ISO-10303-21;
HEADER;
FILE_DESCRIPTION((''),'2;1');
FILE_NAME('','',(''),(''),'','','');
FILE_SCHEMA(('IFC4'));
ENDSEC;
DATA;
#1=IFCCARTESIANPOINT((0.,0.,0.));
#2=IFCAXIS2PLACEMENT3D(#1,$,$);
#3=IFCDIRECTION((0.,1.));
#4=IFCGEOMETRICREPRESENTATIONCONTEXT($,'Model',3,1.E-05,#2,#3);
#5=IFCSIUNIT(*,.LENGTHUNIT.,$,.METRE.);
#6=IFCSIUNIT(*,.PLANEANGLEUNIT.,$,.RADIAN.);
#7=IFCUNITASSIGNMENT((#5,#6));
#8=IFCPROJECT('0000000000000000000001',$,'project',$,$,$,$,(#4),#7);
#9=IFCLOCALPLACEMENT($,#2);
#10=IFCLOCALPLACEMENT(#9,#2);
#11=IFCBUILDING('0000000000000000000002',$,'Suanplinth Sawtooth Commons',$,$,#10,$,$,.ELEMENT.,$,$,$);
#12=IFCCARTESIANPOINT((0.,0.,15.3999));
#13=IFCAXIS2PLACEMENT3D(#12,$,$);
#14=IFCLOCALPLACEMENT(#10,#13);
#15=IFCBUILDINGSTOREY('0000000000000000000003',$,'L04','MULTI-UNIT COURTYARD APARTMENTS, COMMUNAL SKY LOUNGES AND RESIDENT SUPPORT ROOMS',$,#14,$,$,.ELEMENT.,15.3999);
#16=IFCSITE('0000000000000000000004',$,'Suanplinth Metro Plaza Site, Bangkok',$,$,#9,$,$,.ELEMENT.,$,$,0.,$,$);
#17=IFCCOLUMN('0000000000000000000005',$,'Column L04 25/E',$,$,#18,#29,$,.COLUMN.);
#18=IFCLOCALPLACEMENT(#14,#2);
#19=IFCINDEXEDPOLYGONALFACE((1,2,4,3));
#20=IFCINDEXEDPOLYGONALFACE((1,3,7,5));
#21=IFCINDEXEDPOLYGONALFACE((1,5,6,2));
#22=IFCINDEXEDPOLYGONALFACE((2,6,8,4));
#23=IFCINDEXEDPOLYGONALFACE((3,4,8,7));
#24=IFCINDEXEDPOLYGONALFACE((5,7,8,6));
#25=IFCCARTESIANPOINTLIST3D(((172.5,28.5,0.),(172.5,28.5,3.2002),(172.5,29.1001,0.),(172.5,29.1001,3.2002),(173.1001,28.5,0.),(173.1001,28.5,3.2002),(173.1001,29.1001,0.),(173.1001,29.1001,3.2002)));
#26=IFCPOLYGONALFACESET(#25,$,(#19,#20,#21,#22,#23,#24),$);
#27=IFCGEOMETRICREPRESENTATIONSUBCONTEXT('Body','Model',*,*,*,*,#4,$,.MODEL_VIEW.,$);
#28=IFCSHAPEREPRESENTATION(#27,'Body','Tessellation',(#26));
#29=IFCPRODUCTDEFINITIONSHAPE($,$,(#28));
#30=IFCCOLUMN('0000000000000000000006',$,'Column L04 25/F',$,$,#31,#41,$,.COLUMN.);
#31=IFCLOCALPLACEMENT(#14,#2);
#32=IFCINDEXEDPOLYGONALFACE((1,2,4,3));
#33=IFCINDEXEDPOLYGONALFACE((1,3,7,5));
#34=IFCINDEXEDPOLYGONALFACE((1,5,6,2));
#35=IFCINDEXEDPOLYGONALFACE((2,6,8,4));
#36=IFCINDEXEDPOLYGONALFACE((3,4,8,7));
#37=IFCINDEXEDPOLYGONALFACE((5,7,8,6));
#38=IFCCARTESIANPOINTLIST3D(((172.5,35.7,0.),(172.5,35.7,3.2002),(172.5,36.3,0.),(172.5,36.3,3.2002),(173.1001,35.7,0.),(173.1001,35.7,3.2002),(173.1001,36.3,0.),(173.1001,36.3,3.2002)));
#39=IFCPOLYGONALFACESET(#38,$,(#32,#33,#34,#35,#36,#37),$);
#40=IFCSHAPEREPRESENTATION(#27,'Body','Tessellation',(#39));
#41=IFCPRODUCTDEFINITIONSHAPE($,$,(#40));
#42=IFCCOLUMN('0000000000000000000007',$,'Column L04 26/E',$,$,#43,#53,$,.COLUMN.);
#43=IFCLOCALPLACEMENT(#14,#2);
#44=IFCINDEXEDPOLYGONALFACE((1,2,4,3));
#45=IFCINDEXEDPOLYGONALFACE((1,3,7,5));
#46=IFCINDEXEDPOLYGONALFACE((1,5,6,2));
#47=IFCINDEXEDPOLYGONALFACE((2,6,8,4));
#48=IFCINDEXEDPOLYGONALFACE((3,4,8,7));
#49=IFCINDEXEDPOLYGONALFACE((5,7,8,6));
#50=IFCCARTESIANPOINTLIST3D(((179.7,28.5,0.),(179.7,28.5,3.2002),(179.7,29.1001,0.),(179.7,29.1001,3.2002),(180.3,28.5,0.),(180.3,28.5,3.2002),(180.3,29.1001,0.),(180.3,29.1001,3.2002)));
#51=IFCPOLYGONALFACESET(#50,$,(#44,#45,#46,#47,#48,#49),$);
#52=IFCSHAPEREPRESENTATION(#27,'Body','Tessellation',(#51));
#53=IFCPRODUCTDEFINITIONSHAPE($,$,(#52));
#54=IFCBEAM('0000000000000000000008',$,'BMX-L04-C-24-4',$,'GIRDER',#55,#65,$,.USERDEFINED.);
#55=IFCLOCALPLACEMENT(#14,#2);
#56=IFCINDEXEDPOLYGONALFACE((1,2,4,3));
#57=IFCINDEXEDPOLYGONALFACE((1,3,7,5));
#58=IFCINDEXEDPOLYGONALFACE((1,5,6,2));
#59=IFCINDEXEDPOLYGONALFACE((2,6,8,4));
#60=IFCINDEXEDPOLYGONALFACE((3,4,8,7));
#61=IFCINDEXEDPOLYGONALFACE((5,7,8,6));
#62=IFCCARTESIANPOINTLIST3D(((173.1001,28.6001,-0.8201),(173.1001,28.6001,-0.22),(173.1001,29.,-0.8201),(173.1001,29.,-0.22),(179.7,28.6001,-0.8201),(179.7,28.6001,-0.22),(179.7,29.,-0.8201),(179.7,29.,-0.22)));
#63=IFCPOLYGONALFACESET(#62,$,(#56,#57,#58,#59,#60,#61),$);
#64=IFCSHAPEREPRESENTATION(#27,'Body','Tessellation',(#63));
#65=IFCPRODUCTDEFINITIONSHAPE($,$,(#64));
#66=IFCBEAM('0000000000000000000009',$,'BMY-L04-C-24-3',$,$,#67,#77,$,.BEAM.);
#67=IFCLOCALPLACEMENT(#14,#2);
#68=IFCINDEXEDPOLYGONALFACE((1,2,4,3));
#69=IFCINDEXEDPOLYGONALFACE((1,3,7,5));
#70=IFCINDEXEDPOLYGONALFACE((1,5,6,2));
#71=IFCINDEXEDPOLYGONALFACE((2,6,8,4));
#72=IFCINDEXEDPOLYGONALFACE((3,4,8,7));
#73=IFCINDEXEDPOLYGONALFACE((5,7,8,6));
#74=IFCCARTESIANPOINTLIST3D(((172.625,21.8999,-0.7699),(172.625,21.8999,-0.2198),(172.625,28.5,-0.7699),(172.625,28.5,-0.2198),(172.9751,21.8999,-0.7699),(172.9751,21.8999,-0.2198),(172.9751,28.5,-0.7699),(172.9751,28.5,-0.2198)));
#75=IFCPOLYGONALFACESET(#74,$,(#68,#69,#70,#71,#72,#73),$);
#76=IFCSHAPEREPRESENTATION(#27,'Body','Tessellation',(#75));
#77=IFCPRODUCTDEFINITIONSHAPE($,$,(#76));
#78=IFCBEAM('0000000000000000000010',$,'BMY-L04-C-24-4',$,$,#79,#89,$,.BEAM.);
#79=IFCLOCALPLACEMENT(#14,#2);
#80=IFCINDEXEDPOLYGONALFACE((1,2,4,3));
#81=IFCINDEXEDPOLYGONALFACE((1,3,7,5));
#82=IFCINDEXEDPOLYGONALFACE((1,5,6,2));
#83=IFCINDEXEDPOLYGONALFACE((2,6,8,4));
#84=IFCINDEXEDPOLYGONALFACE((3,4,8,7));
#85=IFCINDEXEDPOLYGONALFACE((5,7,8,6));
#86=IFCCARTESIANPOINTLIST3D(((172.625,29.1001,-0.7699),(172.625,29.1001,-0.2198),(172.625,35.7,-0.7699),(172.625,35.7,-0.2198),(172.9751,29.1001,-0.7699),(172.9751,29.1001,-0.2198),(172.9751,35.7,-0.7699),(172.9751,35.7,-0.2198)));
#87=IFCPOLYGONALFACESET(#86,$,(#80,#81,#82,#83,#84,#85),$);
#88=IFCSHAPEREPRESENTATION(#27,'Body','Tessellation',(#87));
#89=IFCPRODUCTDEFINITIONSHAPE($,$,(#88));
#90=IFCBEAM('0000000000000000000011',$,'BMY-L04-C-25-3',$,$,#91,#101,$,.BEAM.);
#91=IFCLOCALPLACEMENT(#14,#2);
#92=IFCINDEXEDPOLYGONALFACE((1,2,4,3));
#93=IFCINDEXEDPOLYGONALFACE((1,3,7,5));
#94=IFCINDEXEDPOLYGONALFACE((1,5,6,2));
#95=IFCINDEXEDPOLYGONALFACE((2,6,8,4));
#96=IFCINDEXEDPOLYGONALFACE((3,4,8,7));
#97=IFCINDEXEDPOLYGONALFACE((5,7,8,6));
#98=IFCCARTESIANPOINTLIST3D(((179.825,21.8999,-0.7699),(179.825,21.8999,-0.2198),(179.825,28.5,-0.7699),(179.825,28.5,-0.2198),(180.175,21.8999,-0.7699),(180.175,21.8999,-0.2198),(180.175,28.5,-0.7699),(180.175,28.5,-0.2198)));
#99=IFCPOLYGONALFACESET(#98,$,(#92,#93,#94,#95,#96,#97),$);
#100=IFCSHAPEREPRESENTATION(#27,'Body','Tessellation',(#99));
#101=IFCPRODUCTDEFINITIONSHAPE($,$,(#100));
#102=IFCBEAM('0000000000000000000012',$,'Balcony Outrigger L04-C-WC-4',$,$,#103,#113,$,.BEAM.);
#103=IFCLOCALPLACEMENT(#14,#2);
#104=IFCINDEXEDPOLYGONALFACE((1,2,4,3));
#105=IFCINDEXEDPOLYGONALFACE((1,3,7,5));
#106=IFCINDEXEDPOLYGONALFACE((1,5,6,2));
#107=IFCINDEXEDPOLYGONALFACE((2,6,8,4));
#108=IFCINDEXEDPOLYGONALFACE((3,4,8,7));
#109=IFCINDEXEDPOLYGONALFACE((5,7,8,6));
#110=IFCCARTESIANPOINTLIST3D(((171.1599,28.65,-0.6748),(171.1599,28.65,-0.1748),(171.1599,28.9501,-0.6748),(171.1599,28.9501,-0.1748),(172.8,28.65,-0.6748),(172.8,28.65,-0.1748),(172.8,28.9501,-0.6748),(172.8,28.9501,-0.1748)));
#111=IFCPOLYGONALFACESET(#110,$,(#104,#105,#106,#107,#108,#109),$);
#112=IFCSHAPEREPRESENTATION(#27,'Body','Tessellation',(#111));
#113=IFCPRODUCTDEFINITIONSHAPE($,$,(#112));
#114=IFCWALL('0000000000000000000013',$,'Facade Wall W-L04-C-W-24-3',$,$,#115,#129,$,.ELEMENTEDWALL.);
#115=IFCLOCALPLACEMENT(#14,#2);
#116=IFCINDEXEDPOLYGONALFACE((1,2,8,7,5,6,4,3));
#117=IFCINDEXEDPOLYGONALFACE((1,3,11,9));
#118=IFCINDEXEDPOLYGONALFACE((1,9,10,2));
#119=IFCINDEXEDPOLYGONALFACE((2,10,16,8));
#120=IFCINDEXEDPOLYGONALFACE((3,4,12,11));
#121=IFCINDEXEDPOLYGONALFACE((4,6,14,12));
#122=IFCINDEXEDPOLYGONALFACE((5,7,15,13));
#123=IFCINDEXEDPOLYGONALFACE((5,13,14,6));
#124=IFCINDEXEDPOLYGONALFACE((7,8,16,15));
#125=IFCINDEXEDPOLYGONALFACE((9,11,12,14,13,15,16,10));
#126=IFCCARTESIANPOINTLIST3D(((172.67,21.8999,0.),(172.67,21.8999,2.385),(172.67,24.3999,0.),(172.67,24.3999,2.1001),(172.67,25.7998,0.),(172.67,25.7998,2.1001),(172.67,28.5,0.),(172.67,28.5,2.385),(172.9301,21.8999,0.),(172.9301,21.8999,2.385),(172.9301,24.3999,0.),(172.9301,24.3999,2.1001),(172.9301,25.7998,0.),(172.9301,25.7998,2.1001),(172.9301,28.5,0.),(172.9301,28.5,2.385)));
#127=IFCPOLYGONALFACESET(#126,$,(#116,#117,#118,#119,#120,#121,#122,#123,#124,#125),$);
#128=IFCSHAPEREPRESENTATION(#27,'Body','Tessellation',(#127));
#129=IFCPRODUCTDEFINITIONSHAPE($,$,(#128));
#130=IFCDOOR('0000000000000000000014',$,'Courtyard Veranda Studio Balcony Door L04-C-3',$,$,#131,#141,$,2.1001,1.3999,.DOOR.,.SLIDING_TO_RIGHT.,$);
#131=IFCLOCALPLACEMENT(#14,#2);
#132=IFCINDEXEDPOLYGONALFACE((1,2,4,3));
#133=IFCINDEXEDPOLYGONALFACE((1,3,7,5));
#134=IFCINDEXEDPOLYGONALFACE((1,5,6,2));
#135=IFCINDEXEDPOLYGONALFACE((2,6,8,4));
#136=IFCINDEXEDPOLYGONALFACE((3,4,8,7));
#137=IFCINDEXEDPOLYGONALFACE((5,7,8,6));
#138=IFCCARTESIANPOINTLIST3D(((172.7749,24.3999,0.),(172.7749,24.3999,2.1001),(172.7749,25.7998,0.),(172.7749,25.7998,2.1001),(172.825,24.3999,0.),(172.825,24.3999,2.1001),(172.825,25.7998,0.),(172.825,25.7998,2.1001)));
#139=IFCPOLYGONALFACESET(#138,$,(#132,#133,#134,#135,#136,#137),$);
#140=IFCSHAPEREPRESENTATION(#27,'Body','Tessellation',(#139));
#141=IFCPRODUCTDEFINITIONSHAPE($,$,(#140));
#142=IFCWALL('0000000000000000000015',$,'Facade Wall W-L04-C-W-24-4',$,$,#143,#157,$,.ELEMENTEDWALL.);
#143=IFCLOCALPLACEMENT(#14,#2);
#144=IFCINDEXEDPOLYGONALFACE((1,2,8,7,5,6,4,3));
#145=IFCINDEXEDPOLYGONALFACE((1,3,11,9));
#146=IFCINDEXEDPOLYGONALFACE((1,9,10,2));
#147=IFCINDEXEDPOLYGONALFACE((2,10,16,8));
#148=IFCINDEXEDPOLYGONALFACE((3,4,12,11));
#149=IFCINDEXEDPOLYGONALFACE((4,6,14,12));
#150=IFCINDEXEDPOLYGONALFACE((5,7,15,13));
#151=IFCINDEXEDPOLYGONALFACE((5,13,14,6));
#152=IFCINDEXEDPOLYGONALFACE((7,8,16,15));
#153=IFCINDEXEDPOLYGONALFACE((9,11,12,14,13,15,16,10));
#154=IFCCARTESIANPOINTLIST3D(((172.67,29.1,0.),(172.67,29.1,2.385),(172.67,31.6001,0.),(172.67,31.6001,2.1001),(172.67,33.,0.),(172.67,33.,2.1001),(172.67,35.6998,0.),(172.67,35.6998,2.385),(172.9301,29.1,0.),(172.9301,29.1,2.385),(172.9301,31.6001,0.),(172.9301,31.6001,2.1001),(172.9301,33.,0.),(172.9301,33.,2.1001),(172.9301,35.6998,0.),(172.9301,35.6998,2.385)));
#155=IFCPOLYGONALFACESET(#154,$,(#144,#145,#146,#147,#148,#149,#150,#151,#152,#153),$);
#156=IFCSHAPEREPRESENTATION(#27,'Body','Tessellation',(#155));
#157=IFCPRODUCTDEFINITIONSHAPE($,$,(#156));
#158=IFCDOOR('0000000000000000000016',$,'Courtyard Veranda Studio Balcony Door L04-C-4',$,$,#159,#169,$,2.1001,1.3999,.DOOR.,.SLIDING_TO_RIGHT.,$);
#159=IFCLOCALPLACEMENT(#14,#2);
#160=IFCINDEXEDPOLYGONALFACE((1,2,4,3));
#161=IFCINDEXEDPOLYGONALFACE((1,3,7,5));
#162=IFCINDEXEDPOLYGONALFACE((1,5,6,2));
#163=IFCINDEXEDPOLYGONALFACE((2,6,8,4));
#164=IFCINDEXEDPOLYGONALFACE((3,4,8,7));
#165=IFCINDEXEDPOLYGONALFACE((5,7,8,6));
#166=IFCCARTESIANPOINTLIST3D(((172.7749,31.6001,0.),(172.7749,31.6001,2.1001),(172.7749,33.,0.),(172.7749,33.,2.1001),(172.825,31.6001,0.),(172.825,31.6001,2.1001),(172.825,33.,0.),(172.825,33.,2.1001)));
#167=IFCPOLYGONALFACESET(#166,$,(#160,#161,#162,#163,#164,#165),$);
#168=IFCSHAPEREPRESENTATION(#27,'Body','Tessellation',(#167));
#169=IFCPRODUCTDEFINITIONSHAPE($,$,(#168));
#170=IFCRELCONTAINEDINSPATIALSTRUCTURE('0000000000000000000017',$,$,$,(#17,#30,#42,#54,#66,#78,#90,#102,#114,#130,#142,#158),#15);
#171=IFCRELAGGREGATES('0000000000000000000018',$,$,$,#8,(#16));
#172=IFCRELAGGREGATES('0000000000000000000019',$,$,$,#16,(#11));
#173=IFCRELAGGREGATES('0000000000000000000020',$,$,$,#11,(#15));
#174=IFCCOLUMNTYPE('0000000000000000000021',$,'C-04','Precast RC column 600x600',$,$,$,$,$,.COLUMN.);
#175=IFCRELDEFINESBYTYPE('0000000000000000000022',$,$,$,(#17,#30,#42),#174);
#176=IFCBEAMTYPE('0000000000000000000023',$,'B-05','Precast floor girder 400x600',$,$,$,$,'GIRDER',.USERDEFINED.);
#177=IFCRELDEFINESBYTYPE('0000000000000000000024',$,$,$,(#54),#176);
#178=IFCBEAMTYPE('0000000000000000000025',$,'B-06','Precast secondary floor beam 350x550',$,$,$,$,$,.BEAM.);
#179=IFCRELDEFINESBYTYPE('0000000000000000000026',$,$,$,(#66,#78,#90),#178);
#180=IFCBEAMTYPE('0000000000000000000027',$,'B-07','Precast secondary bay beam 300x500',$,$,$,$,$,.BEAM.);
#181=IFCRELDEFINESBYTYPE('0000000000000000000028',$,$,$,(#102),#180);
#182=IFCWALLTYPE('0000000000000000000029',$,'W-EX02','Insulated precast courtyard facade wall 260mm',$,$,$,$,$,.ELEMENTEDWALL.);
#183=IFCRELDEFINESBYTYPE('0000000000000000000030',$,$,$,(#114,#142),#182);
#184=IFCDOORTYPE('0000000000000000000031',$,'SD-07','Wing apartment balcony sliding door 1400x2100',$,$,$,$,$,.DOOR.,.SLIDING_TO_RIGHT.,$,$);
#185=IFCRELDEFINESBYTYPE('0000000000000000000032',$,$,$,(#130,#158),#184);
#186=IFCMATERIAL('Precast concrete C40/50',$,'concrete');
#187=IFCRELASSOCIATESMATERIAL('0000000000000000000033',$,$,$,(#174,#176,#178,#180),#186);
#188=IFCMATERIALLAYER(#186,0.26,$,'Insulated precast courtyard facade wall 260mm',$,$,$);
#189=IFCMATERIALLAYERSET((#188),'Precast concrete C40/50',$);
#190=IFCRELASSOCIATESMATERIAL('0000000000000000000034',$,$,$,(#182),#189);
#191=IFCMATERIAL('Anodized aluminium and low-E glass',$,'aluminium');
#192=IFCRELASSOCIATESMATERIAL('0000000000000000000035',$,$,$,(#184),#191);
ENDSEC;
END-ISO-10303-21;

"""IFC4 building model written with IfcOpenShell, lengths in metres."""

from ifc_helpers import new_model, si_unit, direction, frame, frame_2d, origin, origin_2d, place, context, subcontext, project, spatial, rectangle, extrude, material, layer, layer_set, material_profile, profile_set, type_object, element, fill, save


model = new_model("IFC4")

# Units and contexts
model_context = context("Model", 3, precision=1e-05, world=origin(), true_north=direction((0.0, 1.0)))
body_context = subcontext(model_context, "Body", "Model", "MODEL_VIEW")
ifc_project = project(units=[si_unit("LENGTHUNIT", "METRE"), si_unit("PLANEANGLEUNIT", "RADIAN")], contexts=[model_context])

# Site, building, storey
site_placement = place(None, origin())
site = spatial("IfcSite", under=ifc_project, at=site_placement, Name="Suanplinth Metro Plaza Site, Bangkok", CompositionType="ELEMENT", RefElevation=0.0)
building_placement = place(site_placement, origin())
building = spatial("IfcBuilding", under=site, at=building_placement, Name="Suanplinth Sawtooth Commons", CompositionType="ELEMENT")
storey_placement = place(building_placement, frame((0.0, 0.0, 15.3999)))
storey = spatial("IfcBuildingStorey", under=building, at=storey_placement, Name="L04", Description="MULTI-UNIT COURTYARD APARTMENTS, COMMUNAL SKY LOUNGES AND RESIDENT SUPPORT ROOMS", CompositionType="ELEMENT", Elevation=15.3999)

# Columns
ifc_material_1 = material(Name="Precast concrete C40/50", Category="concrete")
ifc_material_profile_1 = material_profile(ifc_material_1, rectangle(XDim=0.6001, YDim=0.6001, at=origin_2d()), Name="PC-COL 600x600")
ifc_profile_set_1 = profile_set([ifc_material_profile_1], Name="Precast concrete C40/50")
column_type = type_object("IfcColumnType", Name="C-04", Description="Precast RC column 600x600", PredefinedType="COLUMN", material=ifc_profile_set_1)
for number, where, z_axis, x_axis, name in (
    (1, (172.8, 28.8, 0.0), (0.0, 0.0, 1.0), (1.0, 0.0, 0.0), "Column L04 25/E"),
    (2, (172.8, 36.0, 0.0), (0.0, 0.0, 1.0), (1.0, 0.0, 0.0), "Column L04 25/F"),
    (3, (180.0, 28.8, 0.0), (0.0, 0.0, 1.0), (1.0, 0.0, 0.0), "Column L04 26/E"),
):
    element("IfcColumn", number, at=place(storey_placement, frame(where, z_axis=z_axis, x_axis=x_axis)), inside=storey, type_object=column_type, Name=name, PredefinedType="COLUMN", context=body_context, shape_type="SweptSolid", body=[
        extrude(rectangle(XDim=0.6001, YDim=0.6001, at=origin_2d()), origin(), (0.0, 0.0, 1.0), 3.2002),
    ])

# Beams
ifc_material_profile_2 = material_profile(ifc_material_1, rectangle(XDim=0.3999, YDim=0.6001, at=origin_2d()), Name="PC-GDR 400x600")
ifc_profile_set_2 = profile_set([ifc_material_profile_2], Name="Precast concrete C40/50")
beam_type_1 = type_object("IfcBeamType", Name="B-05", Description="Precast floor girder 400x600", ElementType="GIRDER", PredefinedType="USERDEFINED", material=ifc_profile_set_2)
beam_1_placement = place(storey_placement, frame((173.1001, 28.8, -0.52), z_axis=(1.0, 0.0, 0.0), x_axis=(0.0, 1.0, 0.0)))
element("IfcBeam", 4, at=beam_1_placement, inside=storey, type_object=beam_type_1, Name="BMX-L04-C-24-4", ObjectType="GIRDER", PredefinedType="USERDEFINED", context=body_context, shape_type="SweptSolid", body=[
    extrude(rectangle(XDim=0.3999, YDim=0.6001, at=origin_2d()), origin(), (0.0, 0.0, 1.0), 6.5999),
])
ifc_material_profile_3 = material_profile(ifc_material_1, rectangle(XDim=0.3501, YDim=0.55, at=origin_2d()), Name="PC-BM 350x550")
ifc_profile_set_3 = profile_set([ifc_material_profile_3], Name="Precast concrete C40/50")
beam_type_2 = type_object("IfcBeamType", Name="B-06", Description="Precast secondary floor beam 350x550", PredefinedType="BEAM", material=ifc_profile_set_3)
beam_2_placement = place(storey_placement, frame((172.8, 21.8999, -0.4949), z_axis=(0.0, 1.0, 0.0), x_axis=(-1.0, 0.0, 0.0)))
element("IfcBeam", 5, at=beam_2_placement, inside=storey, type_object=beam_type_2, Name="BMY-L04-C-24-3", PredefinedType="BEAM", context=body_context, shape_type="SweptSolid", body=[
    extrude(rectangle(XDim=0.3501, YDim=0.55, at=origin_2d()), origin(), (0.0, 0.0, 1.0), 6.6001),
])
beam_3_placement = place(storey_placement, frame((172.8, 29.1001, -0.4949), z_axis=(0.0, 1.0, 0.0), x_axis=(-1.0, 0.0, 0.0)))
element("IfcBeam", 6, at=beam_3_placement, inside=storey, type_object=beam_type_2, Name="BMY-L04-C-24-4", PredefinedType="BEAM", context=body_context, shape_type="SweptSolid", body=[
    extrude(rectangle(XDim=0.3501, YDim=0.55, at=origin_2d()), origin(), (0.0, 0.0, 1.0), 6.5999),
])
beam_4_placement = place(storey_placement, frame((180.0, 21.8999, -0.4949), z_axis=(0.0, 1.0, 0.0), x_axis=(-1.0, 0.0, 0.0)))
element("IfcBeam", 7, at=beam_4_placement, inside=storey, type_object=beam_type_2, Name="BMY-L04-C-25-3", PredefinedType="BEAM", context=body_context, shape_type="SweptSolid", body=[
    extrude(rectangle(XDim=0.3501, YDim=0.55, at=origin_2d()), origin(), (0.0, 0.0, 1.0), 6.6001),
])
ifc_material_profile_4 = material_profile(ifc_material_1, rectangle(XDim=0.3, YDim=0.5, at=origin_2d()), Name="PC-BM 300x500")
ifc_profile_set_4 = profile_set([ifc_material_profile_4], Name="Precast concrete C40/50")
beam_type_3 = type_object("IfcBeamType", Name="B-07", Description="Precast secondary bay beam 300x500", PredefinedType="BEAM", material=ifc_profile_set_4)
beam_5_placement = place(storey_placement, frame((172.8, 28.8, -0.4248), z_axis=(-1.0, 0.0, 0.0), x_axis=(0.0, -1.0, 0.0)))
element("IfcBeam", 8, at=beam_5_placement, inside=storey, type_object=beam_type_3, Name="Balcony Outrigger L04-C-WC-4", PredefinedType="BEAM", context=body_context, shape_type="SweptSolid", body=[
    extrude(rectangle(XDim=0.3, YDim=0.5, at=origin_2d()), origin(), (0.0, 0.0, 1.0), 1.6401),
])

# Walls, openings, doors
ifc_layer_1 = layer(ifc_material_1, 0.26, Name="Insulated precast courtyard facade wall 260mm")
ifc_layer_set_1 = layer_set([ifc_layer_1], Name="Precast concrete C40/50")
wall_type_1 = type_object("IfcWallType", Name="W-EX02", Description="Insulated precast courtyard facade wall 260mm", PredefinedType="ELEMENTEDWALL", material=ifc_layer_set_1)
wall_1_placement = place(storey_placement, frame((172.8, 21.8999, 0.0), z_axis=(0.0, 0.0, 1.0), x_axis=(0.0, 1.0, 0.0)))
wall_1 = element("IfcWall", 9, at=wall_1_placement, inside=storey, type_object=wall_type_1, Name="Facade Wall W-L04-C-W-24-3", PredefinedType="ELEMENTEDWALL", context=body_context, shape_type="SweptSolid", body=[
    extrude(rectangle(XDim=6.6001, YDim=0.26, at=frame_2d((3.3, 0.0))), origin(), (0.0, 0.0, 1.0), 2.385),
])
opening_1_placement = place(wall_1_placement, frame((2.5, 0.0, 0.0)))
opening_1 = element("IfcOpeningElement", 10, at=opening_1_placement, cuts=wall_1, PredefinedType="OPENING", context=body_context, shape_type="SweptSolid", body=[
    extrude(rectangle(XDim=1.3999, YDim=2.1001, at=frame_2d((0.7, 1.05))), frame((0.0, 0.145, 0.0), z_axis=(0.0, -1.0, 0.0), x_axis=(1.0, 0.0, 0.0)), (0.0, 0.0, 1.0), 0.2898),
])
ifc_material_2 = material(Name="Anodized aluminium and low-E glass", Category="aluminium")
door_type_1 = type_object("IfcDoorType", Name="SD-07", Description="Wing apartment balcony sliding door 1400x2100", OperationType="SLIDING_TO_RIGHT", PredefinedType="DOOR", material=ifc_material_2)
door_1_placement = place(opening_1_placement, frame((1.3999, 0.0, 0.0), z_axis=(0.0, 0.0, 1.0), x_axis=(-1.0, 0.0, 0.0)))
door_1 = element("IfcDoor", 11, at=door_1_placement, inside=storey, type_object=door_type_1, Name="Courtyard Veranda Studio Balcony Door L04-C-3", OperationType="SLIDING_TO_RIGHT", OverallHeight=2.1001, OverallWidth=1.3999, PredefinedType="DOOR", context=body_context, shape_type="SweptSolid", body=[
    extrude(rectangle(XDim=1.3999, YDim=2.1001, at=frame_2d((0.7, 1.05))), frame((0.0, 0.0249, 0.0), z_axis=(0.0, -1.0, 0.0), x_axis=(1.0, 0.0, 0.0)), (0.0, 0.0, 1.0), 0.05),
])
fill(opening_1, door_1)
wall_2_placement = place(storey_placement, frame((172.8, 29.1001, 0.0), z_axis=(0.0, 0.0, 1.0), x_axis=(0.0, 1.0, 0.0)))
wall_2 = element("IfcWall", 12, at=wall_2_placement, inside=storey, type_object=wall_type_1, Name="Facade Wall W-L04-C-W-24-4", PredefinedType="ELEMENTEDWALL", context=body_context, shape_type="SweptSolid", body=[
    extrude(rectangle(XDim=6.5999, YDim=0.26, at=frame_2d((3.2998, 0.0))), origin(), (0.0, 0.0, 1.0), 2.385),
])
opening_2_placement = place(wall_2_placement, frame((2.5, 0.0, 0.0)))
opening_2 = element("IfcOpeningElement", 13, at=opening_2_placement, cuts=wall_2, PredefinedType="OPENING", context=body_context, shape_type="SweptSolid", body=[
    extrude(rectangle(XDim=1.3999, YDim=2.1001, at=frame_2d((0.7, 1.05))), frame((0.0, 0.145, 0.0), z_axis=(0.0, -1.0, 0.0), x_axis=(1.0, 0.0, 0.0)), (0.0, 0.0, 1.0), 0.2898),
])
door_2_placement = place(opening_2_placement, frame((1.3999, 0.0, 0.0), z_axis=(0.0, 0.0, 1.0), x_axis=(-1.0, 0.0, 0.0)))
door_2 = element("IfcDoor", 14, at=door_2_placement, inside=storey, type_object=door_type_1, Name="Courtyard Veranda Studio Balcony Door L04-C-4", OperationType="SLIDING_TO_RIGHT", OverallHeight=2.1001, OverallWidth=1.3999, PredefinedType="DOOR", context=body_context, shape_type="SweptSolid", body=[
    extrude(rectangle(XDim=1.3999, YDim=2.1001, at=frame_2d((0.7, 1.05))), frame((0.0, 0.0249, 0.0), z_axis=(0.0, -1.0, 0.0), x_axis=(1.0, 0.0, 0.0)), (0.0, 0.0, 1.0), 0.05),
])
fill(opening_2, door_2)

save(model, "model.ifc")
